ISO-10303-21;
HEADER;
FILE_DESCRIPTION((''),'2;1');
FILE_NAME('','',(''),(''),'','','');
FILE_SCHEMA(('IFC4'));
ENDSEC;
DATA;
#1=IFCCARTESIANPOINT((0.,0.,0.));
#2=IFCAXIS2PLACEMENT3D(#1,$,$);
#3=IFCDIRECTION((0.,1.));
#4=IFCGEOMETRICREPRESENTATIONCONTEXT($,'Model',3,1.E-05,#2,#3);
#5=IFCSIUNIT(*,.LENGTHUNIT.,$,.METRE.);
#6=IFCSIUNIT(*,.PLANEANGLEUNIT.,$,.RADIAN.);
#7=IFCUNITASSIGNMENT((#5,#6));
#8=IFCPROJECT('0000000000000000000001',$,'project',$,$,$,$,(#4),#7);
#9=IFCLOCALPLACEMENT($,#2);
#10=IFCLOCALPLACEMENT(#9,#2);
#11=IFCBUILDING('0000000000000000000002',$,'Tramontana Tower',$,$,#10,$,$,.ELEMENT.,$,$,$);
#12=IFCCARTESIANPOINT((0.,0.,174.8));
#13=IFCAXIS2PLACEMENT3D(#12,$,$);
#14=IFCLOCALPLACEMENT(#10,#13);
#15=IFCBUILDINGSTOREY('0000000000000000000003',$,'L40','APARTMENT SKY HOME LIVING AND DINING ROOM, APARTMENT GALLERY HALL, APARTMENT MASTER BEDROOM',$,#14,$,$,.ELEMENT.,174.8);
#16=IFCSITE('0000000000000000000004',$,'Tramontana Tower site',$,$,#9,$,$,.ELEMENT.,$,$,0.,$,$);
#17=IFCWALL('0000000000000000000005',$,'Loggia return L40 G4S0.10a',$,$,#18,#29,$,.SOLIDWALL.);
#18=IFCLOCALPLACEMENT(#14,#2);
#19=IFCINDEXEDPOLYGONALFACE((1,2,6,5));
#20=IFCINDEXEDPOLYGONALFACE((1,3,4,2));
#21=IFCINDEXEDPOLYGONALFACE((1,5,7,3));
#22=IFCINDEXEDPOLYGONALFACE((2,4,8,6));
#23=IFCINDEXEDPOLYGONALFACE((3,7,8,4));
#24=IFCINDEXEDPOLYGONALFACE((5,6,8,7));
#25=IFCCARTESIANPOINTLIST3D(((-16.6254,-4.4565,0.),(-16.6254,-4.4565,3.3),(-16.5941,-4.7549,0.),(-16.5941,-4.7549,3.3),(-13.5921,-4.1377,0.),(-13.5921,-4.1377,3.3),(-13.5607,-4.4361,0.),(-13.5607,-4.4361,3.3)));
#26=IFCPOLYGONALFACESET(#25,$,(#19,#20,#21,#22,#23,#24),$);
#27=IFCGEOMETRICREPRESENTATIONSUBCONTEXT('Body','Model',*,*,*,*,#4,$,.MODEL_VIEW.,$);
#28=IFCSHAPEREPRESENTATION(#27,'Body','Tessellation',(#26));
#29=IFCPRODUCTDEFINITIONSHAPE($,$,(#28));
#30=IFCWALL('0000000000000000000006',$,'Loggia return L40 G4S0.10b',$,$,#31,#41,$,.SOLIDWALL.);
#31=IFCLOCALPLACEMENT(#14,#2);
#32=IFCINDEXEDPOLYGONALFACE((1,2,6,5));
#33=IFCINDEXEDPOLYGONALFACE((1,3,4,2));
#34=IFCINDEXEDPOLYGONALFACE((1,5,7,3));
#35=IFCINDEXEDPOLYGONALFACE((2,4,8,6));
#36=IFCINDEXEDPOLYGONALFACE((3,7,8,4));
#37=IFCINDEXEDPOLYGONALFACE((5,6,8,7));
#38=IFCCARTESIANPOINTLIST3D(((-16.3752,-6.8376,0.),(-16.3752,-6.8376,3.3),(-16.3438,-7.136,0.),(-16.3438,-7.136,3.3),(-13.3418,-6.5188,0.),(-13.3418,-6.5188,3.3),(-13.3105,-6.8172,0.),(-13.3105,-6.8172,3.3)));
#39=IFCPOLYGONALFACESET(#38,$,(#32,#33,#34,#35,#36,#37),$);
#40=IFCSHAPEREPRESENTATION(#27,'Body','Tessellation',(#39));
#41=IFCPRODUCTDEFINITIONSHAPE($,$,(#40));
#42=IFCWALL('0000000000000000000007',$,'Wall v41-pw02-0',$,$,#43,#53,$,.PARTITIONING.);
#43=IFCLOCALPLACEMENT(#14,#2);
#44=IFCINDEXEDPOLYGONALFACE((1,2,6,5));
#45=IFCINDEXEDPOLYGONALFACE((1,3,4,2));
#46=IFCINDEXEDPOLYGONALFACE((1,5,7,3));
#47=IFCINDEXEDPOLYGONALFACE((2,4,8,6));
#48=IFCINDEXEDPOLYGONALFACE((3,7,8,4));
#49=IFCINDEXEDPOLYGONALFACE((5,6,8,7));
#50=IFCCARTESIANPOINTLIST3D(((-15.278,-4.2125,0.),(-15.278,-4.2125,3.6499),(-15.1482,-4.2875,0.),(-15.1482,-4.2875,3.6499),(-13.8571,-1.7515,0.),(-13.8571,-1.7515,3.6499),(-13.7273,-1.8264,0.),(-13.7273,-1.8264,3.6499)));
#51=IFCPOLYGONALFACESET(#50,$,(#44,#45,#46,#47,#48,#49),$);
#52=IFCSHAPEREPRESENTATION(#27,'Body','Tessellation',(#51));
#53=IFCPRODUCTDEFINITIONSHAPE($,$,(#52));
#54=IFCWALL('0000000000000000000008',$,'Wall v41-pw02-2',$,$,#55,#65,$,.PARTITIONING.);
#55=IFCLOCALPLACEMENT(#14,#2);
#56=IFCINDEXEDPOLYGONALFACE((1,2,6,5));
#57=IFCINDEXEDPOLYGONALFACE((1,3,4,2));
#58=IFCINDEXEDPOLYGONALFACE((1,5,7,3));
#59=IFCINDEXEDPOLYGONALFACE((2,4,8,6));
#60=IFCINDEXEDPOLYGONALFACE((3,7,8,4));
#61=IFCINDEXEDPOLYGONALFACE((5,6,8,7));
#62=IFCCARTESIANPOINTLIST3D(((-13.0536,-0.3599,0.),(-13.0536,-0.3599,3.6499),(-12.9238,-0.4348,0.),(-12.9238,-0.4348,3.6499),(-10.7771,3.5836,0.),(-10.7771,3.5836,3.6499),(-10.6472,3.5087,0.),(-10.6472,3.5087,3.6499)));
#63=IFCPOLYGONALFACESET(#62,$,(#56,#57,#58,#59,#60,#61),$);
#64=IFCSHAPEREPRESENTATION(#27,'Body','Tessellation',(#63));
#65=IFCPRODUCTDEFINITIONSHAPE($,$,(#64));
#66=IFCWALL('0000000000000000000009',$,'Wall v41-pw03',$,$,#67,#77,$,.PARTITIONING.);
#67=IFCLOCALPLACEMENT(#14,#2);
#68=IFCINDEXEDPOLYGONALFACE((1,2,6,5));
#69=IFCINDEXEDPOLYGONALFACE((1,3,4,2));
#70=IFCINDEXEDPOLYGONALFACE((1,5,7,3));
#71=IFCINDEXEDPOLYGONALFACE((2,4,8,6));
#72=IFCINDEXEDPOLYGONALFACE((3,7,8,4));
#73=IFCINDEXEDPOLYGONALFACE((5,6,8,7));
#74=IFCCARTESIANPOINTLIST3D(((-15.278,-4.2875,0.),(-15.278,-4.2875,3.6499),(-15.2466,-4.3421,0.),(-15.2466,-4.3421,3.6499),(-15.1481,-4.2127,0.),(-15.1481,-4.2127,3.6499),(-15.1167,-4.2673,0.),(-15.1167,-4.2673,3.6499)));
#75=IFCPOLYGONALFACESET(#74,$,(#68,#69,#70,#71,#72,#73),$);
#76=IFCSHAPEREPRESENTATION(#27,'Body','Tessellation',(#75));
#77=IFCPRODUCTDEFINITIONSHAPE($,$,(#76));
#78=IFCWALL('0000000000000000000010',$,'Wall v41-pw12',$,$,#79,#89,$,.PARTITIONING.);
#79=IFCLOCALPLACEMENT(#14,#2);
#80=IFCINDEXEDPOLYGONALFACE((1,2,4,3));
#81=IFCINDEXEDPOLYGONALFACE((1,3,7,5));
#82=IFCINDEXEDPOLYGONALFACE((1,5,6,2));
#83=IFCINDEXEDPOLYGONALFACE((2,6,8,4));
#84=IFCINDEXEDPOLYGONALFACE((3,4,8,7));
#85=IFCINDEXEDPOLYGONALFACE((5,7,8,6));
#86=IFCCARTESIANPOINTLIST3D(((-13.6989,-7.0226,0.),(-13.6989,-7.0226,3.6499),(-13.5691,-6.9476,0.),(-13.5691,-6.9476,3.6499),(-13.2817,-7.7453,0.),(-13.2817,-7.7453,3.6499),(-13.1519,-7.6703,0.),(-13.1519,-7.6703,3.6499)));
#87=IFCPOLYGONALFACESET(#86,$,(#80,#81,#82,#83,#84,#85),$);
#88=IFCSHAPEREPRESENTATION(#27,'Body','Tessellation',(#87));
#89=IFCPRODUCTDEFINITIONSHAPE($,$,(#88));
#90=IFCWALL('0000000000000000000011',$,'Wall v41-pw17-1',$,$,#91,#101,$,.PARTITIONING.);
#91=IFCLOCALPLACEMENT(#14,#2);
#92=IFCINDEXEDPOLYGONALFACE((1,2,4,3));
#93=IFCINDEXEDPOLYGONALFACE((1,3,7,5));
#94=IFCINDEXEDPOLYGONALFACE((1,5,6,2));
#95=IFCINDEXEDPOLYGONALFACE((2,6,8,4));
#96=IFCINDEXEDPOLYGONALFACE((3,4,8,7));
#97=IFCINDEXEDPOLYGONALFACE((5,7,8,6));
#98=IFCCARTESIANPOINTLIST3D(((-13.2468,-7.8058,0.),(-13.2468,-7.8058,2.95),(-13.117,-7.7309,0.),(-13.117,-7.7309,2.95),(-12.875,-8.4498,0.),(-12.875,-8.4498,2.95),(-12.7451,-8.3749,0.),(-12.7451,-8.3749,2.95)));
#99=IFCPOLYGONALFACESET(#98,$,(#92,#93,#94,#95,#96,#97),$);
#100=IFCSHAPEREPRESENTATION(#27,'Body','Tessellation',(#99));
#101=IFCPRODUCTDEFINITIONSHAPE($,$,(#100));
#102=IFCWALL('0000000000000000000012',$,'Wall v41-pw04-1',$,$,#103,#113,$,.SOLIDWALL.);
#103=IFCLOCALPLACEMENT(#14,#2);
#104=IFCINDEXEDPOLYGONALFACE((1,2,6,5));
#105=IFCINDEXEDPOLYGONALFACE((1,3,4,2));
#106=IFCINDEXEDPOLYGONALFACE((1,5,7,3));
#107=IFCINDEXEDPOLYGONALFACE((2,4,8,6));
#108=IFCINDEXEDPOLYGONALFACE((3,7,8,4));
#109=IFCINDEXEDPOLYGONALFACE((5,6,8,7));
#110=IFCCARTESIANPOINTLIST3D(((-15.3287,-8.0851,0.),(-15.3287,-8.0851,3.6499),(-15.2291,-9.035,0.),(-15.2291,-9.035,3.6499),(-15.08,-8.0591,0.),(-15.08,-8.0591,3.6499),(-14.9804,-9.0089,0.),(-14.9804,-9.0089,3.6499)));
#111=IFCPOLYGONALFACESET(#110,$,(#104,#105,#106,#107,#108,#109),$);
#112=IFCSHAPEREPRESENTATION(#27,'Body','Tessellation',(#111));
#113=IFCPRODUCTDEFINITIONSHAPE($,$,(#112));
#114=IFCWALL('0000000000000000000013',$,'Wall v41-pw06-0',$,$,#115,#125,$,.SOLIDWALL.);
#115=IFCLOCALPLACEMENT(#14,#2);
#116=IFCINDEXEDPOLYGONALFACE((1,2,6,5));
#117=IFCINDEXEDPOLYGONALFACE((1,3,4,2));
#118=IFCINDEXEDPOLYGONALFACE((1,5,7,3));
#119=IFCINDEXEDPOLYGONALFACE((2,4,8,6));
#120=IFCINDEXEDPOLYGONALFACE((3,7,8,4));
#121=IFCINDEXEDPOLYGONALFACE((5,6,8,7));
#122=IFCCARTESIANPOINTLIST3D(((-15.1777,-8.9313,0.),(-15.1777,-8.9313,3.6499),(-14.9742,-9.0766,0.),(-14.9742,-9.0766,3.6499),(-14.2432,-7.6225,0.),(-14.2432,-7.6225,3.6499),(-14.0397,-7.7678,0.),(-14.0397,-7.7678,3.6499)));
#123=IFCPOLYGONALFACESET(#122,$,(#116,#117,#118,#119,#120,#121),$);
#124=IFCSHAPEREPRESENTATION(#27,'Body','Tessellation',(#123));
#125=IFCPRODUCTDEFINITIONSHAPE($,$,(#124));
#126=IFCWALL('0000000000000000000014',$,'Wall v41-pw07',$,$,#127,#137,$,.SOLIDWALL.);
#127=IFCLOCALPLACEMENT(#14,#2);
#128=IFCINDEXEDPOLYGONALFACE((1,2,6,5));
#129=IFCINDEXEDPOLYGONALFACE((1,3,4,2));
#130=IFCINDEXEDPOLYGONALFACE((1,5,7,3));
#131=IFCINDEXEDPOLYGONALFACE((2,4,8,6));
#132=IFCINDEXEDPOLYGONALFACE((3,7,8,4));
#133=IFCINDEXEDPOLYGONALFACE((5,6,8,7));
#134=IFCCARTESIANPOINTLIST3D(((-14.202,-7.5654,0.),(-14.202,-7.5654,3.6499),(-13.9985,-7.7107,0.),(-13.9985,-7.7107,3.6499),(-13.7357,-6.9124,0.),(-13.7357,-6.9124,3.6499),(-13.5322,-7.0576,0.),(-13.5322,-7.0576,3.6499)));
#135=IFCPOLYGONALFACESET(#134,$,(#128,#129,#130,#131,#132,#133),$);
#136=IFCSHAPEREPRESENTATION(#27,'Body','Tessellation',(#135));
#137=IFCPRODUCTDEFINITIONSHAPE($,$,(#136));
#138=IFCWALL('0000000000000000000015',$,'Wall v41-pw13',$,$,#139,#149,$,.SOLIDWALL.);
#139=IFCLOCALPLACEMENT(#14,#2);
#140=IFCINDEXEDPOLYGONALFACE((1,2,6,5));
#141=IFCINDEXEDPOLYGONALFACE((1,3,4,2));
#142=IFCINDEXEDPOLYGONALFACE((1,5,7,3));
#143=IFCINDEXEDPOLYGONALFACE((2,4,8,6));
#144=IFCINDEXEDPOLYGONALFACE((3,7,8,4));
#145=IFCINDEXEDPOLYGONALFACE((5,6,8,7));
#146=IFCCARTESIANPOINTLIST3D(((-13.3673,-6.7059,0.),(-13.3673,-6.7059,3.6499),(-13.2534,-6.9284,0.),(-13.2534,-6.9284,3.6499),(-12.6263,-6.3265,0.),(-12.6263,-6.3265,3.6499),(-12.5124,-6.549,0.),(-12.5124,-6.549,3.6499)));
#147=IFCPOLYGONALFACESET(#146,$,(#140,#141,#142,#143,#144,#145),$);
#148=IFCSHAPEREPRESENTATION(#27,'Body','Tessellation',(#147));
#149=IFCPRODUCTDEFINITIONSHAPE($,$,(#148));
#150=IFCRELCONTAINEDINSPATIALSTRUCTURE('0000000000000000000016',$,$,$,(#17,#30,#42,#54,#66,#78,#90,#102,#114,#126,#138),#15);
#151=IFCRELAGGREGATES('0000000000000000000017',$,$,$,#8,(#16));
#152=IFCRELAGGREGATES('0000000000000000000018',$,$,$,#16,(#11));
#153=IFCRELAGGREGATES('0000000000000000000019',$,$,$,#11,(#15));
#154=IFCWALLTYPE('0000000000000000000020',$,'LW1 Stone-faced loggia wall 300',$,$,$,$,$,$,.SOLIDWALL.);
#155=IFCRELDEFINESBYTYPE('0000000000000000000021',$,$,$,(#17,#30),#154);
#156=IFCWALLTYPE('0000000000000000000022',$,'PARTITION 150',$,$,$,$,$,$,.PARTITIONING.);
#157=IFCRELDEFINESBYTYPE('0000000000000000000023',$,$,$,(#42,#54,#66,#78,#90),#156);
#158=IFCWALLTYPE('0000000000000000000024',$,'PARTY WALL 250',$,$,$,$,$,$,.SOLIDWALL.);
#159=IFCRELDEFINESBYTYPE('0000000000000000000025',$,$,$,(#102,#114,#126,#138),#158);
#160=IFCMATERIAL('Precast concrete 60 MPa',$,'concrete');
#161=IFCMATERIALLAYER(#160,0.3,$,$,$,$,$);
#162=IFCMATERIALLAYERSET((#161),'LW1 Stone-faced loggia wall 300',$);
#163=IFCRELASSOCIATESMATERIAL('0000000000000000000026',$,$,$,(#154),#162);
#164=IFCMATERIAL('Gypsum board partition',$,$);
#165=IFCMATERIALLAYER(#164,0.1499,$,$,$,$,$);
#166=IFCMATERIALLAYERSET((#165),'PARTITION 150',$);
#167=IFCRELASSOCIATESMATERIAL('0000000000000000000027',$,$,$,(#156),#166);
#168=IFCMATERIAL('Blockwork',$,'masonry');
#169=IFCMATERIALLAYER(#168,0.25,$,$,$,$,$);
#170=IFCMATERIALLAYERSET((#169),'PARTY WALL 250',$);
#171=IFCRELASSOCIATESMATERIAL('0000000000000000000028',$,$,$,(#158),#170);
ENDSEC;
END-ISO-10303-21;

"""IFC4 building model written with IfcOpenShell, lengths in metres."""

from ifc_helpers import new_model, si_unit, direction, frame, frame_2d, origin, place, context, subcontext, project, spatial, rectangle, extrude, material, layer, layer_set, type_object, element, save


model = new_model("IFC4")

# Units and contexts
model_context = context("Model", 3, precision=1e-05, world=origin(), true_north=direction((0.0, 1.0)))
body_context = subcontext(model_context, "Body", "Model", "MODEL_VIEW")
ifc_project = project(units=[si_unit("LENGTHUNIT", "METRE"), si_unit("PLANEANGLEUNIT", "RADIAN")], contexts=[model_context])

# Site, building, storey
site_placement = place(None, origin())
site = spatial("IfcSite", under=ifc_project, at=site_placement, Name="Tramontana Tower site", CompositionType="ELEMENT", RefElevation=0.0)
building_placement = place(site_placement, origin())
building = spatial("IfcBuilding", under=site, at=building_placement, Name="Tramontana Tower", CompositionType="ELEMENT")
storey_placement = place(building_placement, frame((0.0, 0.0, 174.8)))
storey = spatial("IfcBuildingStorey", under=building, at=storey_placement, Name="L40", Description="APARTMENT SKY HOME LIVING AND DINING ROOM, APARTMENT GALLERY HALL, APARTMENT MASTER BEDROOM", CompositionType="ELEMENT", Elevation=174.8)

# Shared definitions
ifc_material_1 = material(Name="Precast concrete 60 MPa", Category="concrete")
ifc_layer_1 = layer(ifc_material_1, 0.3)
ifc_layer_set_1 = layer_set([ifc_layer_1], Name="LW1 Stone-faced loggia wall 300")
wall_type_1 = type_object("IfcWallType", Name="LW1 Stone-faced loggia wall 300", PredefinedType="SOLIDWALL", material=ifc_layer_set_1)

# Walls
for number, where, z_axis, x_axis, name in (
    (1, (-16.6096, -4.6057, 0.0), (0.0, 0.0, 1.0), (0.994521, 0.104535, 0.0), "Loggia return L40 G4S0.10a"),
    (2, (-16.3594, -6.9868, 0.0), (0.0, 0.0, 1.0), (0.994521, 0.104535, 0.0), "Loggia return L40 G4S0.10b"),
):
    element("IfcWall", number, at=place(storey_placement, frame(where, z_axis=z_axis, x_axis=x_axis)), inside=storey, type_object=wall_type_1, Name=name, PredefinedType="SOLIDWALL", context=body_context, shape_type="SweptSolid", body=[
        extrude(rectangle(XDim=3.05, YDim=0.3, at=frame_2d((1.5249, 0.0))), origin(), (0.0, 0.0, 1.0), 3.3),
    ])
ifc_material_2 = material(Name="Gypsum board partition")
ifc_layer_2 = layer(ifc_material_2, 0.1499)
ifc_layer_set_2 = layer_set([ifc_layer_2], Name="PARTITION 150")
wall_type_2 = type_object("IfcWallType", Name="PARTITION 150", PredefinedType="PARTITIONING", material=ifc_layer_set_2)
wall_1_placement = place(storey_placement, frame((-15.2131, -4.25, 0.0), z_axis=(0.0, 0.0, 1.0), x_axis=(0.50002, 0.866014, 0.0)))
element("IfcWall", 3, at=wall_1_placement, inside=storey, type_object=wall_type_2, Name="Wall v41-pw02-0", PredefinedType="PARTITIONING", context=body_context, shape_type="SweptSolid", body=[
    extrude(rectangle(XDim=2.8418, YDim=0.1499, at=frame_2d((1.4209, 0.0))), origin(), (0.0, 0.0, 1.0), 3.6499),
])

# Walls
wall_2_placement = place(storey_placement, frame((-12.9888, -0.3975, 0.0), z_axis=(0.0, 0.0, 1.0), x_axis=(0.499962, 0.866047, 0.0)))
element("IfcWall", 4, at=wall_2_placement, inside=storey, type_object=wall_type_2, Name="Wall v41-pw02-2", PredefinedType="PARTITIONING", context=body_context, shape_type="SweptSolid", body=[
    extrude(rectangle(XDim=4.5535, YDim=0.1499, at=frame_2d((2.2769, 0.0))), origin(), (0.0, 0.0, 1.0), 3.6499),
])
wall_3_placement = place(storey_placement, frame((-15.1816, -4.3047, 0.0), z_axis=(0.0, 0.0, 1.0), x_axis=(-0.499052, 0.866572, 0.0)))
element("IfcWall", 5, at=wall_3_placement, inside=storey, type_object=wall_type_2, Name="Wall v41-pw03", PredefinedType="PARTITIONING", context=body_context, shape_type="SweptSolid", body=[
    extrude(rectangle(XDim=0.063, YDim=0.1499, at=frame_2d((0.0315, 0.0))), origin(), (0.0, 0.0, 1.0), 3.6499),
])
wall_4_placement = place(storey_placement, frame((-13.634, -6.9851, 0.0), z_axis=(0.0, 0.0, 1.0), x_axis=(0.500009, -0.86602, 0.0)))
element("IfcWall", 6, at=wall_4_placement, inside=storey, type_object=wall_type_2, Name="Wall v41-pw12", PredefinedType="PARTITIONING", context=body_context, shape_type="SweptSolid", body=[
    extrude(rectangle(XDim=0.8345, YDim=0.1499, at=frame_2d((0.4172, 0.0))), origin(), (0.0, 0.0, 1.0), 3.6499),
])
wall_5_placement = place(storey_placement, frame((-12.8101, -8.4124, 0.0), z_axis=(0.0, 0.0, 1.0), x_axis=(-0.499988, 0.866033, 0.0)))
element("IfcWall", 7, at=wall_5_placement, inside=storey, type_object=wall_type_2, Name="Wall v41-pw17-1", PredefinedType="PARTITIONING", context=body_context, shape_type="SweptSolid", body=[
    extrude(rectangle(XDim=0.7437, YDim=0.1499, at=frame_2d((0.3718, 0.0))), origin(), (0.0, 0.0, 1.0), 2.95),
])
ifc_material_3 = material(Name="Blockwork", Category="masonry")
ifc_layer_3 = layer(ifc_material_3, 0.25)
ifc_layer_set_3 = layer_set([ifc_layer_3], Name="PARTY WALL 250")
wall_type_3 = type_object("IfcWallType", Name="PARTY WALL 250", PredefinedType="SOLIDWALL", material=ifc_layer_set_3)
wall_6_placement = place(storey_placement, frame((-15.1047, -9.022, 0.0), z_axis=(0.0, 0.0, 1.0), x_axis=(-0.104286, 0.994547, 0.0)))
element("IfcWall", 8, at=wall_6_placement, inside=storey, type_object=wall_type_3, Name="Wall v41-pw04-1", PredefinedType="SOLIDWALL", context=body_context, shape_type="SweptSolid", body=[
    extrude(rectangle(XDim=0.9551, YDim=0.25, at=frame_2d((0.4775, 0.0))), origin(), (0.0, 0.0, 1.0), 3.6499),
])
wall_7_placement = place(storey_placement, frame((-14.1414, -7.6951, 0.0), z_axis=(0.0, 0.0, 1.0), x_axis=(-0.581109, -0.813826, 0.0)))
element("IfcWall", 9, at=wall_7_placement, inside=storey, type_object=wall_type_3, Name="Wall v41-pw06-0", PredefinedType="SOLIDWALL", context=body_context, shape_type="SweptSolid", body=[
    extrude(rectangle(XDim=1.6082, YDim=0.25, at=frame_2d((0.8042, 0.0))), origin(), (0.0, 0.0, 1.0), 3.6499),
])
wall_8_placement = place(storey_placement, frame((-14.1003, -7.6382, 0.0), z_axis=(0.0, 0.0, 1.0), x_axis=(0.581094, 0.813836, 0.0)))
element("IfcWall", 10, at=wall_8_placement, inside=storey, type_object=wall_type_3, Name="Wall v41-pw07", PredefinedType="SOLIDWALL", context=body_context, shape_type="SweptSolid", body=[
    extrude(rectangle(XDim=0.8025, YDim=0.25, at=frame_2d((0.4014, 0.0))), origin(), (0.0, 0.0, 1.0), 3.6499),
])
wall_9_placement = place(storey_placement, frame((-12.5693, -6.4377, 0.0), z_axis=(0.0, 0.0, 1.0), x_axis=(-0.890104, -0.455757, 0.0)))
element("IfcWall", 11, at=wall_9_placement, inside=storey, type_object=wall_type_3, Name="Wall v41-pw13", PredefinedType="SOLIDWALL", context=body_context, shape_type="SweptSolid", body=[
    extrude(rectangle(XDim=0.8325, YDim=0.25, at=frame_2d((0.4163, 0.0))), origin(), (0.0, 0.0, 1.0), 3.6499),
])

save(model, "model.ifc")
